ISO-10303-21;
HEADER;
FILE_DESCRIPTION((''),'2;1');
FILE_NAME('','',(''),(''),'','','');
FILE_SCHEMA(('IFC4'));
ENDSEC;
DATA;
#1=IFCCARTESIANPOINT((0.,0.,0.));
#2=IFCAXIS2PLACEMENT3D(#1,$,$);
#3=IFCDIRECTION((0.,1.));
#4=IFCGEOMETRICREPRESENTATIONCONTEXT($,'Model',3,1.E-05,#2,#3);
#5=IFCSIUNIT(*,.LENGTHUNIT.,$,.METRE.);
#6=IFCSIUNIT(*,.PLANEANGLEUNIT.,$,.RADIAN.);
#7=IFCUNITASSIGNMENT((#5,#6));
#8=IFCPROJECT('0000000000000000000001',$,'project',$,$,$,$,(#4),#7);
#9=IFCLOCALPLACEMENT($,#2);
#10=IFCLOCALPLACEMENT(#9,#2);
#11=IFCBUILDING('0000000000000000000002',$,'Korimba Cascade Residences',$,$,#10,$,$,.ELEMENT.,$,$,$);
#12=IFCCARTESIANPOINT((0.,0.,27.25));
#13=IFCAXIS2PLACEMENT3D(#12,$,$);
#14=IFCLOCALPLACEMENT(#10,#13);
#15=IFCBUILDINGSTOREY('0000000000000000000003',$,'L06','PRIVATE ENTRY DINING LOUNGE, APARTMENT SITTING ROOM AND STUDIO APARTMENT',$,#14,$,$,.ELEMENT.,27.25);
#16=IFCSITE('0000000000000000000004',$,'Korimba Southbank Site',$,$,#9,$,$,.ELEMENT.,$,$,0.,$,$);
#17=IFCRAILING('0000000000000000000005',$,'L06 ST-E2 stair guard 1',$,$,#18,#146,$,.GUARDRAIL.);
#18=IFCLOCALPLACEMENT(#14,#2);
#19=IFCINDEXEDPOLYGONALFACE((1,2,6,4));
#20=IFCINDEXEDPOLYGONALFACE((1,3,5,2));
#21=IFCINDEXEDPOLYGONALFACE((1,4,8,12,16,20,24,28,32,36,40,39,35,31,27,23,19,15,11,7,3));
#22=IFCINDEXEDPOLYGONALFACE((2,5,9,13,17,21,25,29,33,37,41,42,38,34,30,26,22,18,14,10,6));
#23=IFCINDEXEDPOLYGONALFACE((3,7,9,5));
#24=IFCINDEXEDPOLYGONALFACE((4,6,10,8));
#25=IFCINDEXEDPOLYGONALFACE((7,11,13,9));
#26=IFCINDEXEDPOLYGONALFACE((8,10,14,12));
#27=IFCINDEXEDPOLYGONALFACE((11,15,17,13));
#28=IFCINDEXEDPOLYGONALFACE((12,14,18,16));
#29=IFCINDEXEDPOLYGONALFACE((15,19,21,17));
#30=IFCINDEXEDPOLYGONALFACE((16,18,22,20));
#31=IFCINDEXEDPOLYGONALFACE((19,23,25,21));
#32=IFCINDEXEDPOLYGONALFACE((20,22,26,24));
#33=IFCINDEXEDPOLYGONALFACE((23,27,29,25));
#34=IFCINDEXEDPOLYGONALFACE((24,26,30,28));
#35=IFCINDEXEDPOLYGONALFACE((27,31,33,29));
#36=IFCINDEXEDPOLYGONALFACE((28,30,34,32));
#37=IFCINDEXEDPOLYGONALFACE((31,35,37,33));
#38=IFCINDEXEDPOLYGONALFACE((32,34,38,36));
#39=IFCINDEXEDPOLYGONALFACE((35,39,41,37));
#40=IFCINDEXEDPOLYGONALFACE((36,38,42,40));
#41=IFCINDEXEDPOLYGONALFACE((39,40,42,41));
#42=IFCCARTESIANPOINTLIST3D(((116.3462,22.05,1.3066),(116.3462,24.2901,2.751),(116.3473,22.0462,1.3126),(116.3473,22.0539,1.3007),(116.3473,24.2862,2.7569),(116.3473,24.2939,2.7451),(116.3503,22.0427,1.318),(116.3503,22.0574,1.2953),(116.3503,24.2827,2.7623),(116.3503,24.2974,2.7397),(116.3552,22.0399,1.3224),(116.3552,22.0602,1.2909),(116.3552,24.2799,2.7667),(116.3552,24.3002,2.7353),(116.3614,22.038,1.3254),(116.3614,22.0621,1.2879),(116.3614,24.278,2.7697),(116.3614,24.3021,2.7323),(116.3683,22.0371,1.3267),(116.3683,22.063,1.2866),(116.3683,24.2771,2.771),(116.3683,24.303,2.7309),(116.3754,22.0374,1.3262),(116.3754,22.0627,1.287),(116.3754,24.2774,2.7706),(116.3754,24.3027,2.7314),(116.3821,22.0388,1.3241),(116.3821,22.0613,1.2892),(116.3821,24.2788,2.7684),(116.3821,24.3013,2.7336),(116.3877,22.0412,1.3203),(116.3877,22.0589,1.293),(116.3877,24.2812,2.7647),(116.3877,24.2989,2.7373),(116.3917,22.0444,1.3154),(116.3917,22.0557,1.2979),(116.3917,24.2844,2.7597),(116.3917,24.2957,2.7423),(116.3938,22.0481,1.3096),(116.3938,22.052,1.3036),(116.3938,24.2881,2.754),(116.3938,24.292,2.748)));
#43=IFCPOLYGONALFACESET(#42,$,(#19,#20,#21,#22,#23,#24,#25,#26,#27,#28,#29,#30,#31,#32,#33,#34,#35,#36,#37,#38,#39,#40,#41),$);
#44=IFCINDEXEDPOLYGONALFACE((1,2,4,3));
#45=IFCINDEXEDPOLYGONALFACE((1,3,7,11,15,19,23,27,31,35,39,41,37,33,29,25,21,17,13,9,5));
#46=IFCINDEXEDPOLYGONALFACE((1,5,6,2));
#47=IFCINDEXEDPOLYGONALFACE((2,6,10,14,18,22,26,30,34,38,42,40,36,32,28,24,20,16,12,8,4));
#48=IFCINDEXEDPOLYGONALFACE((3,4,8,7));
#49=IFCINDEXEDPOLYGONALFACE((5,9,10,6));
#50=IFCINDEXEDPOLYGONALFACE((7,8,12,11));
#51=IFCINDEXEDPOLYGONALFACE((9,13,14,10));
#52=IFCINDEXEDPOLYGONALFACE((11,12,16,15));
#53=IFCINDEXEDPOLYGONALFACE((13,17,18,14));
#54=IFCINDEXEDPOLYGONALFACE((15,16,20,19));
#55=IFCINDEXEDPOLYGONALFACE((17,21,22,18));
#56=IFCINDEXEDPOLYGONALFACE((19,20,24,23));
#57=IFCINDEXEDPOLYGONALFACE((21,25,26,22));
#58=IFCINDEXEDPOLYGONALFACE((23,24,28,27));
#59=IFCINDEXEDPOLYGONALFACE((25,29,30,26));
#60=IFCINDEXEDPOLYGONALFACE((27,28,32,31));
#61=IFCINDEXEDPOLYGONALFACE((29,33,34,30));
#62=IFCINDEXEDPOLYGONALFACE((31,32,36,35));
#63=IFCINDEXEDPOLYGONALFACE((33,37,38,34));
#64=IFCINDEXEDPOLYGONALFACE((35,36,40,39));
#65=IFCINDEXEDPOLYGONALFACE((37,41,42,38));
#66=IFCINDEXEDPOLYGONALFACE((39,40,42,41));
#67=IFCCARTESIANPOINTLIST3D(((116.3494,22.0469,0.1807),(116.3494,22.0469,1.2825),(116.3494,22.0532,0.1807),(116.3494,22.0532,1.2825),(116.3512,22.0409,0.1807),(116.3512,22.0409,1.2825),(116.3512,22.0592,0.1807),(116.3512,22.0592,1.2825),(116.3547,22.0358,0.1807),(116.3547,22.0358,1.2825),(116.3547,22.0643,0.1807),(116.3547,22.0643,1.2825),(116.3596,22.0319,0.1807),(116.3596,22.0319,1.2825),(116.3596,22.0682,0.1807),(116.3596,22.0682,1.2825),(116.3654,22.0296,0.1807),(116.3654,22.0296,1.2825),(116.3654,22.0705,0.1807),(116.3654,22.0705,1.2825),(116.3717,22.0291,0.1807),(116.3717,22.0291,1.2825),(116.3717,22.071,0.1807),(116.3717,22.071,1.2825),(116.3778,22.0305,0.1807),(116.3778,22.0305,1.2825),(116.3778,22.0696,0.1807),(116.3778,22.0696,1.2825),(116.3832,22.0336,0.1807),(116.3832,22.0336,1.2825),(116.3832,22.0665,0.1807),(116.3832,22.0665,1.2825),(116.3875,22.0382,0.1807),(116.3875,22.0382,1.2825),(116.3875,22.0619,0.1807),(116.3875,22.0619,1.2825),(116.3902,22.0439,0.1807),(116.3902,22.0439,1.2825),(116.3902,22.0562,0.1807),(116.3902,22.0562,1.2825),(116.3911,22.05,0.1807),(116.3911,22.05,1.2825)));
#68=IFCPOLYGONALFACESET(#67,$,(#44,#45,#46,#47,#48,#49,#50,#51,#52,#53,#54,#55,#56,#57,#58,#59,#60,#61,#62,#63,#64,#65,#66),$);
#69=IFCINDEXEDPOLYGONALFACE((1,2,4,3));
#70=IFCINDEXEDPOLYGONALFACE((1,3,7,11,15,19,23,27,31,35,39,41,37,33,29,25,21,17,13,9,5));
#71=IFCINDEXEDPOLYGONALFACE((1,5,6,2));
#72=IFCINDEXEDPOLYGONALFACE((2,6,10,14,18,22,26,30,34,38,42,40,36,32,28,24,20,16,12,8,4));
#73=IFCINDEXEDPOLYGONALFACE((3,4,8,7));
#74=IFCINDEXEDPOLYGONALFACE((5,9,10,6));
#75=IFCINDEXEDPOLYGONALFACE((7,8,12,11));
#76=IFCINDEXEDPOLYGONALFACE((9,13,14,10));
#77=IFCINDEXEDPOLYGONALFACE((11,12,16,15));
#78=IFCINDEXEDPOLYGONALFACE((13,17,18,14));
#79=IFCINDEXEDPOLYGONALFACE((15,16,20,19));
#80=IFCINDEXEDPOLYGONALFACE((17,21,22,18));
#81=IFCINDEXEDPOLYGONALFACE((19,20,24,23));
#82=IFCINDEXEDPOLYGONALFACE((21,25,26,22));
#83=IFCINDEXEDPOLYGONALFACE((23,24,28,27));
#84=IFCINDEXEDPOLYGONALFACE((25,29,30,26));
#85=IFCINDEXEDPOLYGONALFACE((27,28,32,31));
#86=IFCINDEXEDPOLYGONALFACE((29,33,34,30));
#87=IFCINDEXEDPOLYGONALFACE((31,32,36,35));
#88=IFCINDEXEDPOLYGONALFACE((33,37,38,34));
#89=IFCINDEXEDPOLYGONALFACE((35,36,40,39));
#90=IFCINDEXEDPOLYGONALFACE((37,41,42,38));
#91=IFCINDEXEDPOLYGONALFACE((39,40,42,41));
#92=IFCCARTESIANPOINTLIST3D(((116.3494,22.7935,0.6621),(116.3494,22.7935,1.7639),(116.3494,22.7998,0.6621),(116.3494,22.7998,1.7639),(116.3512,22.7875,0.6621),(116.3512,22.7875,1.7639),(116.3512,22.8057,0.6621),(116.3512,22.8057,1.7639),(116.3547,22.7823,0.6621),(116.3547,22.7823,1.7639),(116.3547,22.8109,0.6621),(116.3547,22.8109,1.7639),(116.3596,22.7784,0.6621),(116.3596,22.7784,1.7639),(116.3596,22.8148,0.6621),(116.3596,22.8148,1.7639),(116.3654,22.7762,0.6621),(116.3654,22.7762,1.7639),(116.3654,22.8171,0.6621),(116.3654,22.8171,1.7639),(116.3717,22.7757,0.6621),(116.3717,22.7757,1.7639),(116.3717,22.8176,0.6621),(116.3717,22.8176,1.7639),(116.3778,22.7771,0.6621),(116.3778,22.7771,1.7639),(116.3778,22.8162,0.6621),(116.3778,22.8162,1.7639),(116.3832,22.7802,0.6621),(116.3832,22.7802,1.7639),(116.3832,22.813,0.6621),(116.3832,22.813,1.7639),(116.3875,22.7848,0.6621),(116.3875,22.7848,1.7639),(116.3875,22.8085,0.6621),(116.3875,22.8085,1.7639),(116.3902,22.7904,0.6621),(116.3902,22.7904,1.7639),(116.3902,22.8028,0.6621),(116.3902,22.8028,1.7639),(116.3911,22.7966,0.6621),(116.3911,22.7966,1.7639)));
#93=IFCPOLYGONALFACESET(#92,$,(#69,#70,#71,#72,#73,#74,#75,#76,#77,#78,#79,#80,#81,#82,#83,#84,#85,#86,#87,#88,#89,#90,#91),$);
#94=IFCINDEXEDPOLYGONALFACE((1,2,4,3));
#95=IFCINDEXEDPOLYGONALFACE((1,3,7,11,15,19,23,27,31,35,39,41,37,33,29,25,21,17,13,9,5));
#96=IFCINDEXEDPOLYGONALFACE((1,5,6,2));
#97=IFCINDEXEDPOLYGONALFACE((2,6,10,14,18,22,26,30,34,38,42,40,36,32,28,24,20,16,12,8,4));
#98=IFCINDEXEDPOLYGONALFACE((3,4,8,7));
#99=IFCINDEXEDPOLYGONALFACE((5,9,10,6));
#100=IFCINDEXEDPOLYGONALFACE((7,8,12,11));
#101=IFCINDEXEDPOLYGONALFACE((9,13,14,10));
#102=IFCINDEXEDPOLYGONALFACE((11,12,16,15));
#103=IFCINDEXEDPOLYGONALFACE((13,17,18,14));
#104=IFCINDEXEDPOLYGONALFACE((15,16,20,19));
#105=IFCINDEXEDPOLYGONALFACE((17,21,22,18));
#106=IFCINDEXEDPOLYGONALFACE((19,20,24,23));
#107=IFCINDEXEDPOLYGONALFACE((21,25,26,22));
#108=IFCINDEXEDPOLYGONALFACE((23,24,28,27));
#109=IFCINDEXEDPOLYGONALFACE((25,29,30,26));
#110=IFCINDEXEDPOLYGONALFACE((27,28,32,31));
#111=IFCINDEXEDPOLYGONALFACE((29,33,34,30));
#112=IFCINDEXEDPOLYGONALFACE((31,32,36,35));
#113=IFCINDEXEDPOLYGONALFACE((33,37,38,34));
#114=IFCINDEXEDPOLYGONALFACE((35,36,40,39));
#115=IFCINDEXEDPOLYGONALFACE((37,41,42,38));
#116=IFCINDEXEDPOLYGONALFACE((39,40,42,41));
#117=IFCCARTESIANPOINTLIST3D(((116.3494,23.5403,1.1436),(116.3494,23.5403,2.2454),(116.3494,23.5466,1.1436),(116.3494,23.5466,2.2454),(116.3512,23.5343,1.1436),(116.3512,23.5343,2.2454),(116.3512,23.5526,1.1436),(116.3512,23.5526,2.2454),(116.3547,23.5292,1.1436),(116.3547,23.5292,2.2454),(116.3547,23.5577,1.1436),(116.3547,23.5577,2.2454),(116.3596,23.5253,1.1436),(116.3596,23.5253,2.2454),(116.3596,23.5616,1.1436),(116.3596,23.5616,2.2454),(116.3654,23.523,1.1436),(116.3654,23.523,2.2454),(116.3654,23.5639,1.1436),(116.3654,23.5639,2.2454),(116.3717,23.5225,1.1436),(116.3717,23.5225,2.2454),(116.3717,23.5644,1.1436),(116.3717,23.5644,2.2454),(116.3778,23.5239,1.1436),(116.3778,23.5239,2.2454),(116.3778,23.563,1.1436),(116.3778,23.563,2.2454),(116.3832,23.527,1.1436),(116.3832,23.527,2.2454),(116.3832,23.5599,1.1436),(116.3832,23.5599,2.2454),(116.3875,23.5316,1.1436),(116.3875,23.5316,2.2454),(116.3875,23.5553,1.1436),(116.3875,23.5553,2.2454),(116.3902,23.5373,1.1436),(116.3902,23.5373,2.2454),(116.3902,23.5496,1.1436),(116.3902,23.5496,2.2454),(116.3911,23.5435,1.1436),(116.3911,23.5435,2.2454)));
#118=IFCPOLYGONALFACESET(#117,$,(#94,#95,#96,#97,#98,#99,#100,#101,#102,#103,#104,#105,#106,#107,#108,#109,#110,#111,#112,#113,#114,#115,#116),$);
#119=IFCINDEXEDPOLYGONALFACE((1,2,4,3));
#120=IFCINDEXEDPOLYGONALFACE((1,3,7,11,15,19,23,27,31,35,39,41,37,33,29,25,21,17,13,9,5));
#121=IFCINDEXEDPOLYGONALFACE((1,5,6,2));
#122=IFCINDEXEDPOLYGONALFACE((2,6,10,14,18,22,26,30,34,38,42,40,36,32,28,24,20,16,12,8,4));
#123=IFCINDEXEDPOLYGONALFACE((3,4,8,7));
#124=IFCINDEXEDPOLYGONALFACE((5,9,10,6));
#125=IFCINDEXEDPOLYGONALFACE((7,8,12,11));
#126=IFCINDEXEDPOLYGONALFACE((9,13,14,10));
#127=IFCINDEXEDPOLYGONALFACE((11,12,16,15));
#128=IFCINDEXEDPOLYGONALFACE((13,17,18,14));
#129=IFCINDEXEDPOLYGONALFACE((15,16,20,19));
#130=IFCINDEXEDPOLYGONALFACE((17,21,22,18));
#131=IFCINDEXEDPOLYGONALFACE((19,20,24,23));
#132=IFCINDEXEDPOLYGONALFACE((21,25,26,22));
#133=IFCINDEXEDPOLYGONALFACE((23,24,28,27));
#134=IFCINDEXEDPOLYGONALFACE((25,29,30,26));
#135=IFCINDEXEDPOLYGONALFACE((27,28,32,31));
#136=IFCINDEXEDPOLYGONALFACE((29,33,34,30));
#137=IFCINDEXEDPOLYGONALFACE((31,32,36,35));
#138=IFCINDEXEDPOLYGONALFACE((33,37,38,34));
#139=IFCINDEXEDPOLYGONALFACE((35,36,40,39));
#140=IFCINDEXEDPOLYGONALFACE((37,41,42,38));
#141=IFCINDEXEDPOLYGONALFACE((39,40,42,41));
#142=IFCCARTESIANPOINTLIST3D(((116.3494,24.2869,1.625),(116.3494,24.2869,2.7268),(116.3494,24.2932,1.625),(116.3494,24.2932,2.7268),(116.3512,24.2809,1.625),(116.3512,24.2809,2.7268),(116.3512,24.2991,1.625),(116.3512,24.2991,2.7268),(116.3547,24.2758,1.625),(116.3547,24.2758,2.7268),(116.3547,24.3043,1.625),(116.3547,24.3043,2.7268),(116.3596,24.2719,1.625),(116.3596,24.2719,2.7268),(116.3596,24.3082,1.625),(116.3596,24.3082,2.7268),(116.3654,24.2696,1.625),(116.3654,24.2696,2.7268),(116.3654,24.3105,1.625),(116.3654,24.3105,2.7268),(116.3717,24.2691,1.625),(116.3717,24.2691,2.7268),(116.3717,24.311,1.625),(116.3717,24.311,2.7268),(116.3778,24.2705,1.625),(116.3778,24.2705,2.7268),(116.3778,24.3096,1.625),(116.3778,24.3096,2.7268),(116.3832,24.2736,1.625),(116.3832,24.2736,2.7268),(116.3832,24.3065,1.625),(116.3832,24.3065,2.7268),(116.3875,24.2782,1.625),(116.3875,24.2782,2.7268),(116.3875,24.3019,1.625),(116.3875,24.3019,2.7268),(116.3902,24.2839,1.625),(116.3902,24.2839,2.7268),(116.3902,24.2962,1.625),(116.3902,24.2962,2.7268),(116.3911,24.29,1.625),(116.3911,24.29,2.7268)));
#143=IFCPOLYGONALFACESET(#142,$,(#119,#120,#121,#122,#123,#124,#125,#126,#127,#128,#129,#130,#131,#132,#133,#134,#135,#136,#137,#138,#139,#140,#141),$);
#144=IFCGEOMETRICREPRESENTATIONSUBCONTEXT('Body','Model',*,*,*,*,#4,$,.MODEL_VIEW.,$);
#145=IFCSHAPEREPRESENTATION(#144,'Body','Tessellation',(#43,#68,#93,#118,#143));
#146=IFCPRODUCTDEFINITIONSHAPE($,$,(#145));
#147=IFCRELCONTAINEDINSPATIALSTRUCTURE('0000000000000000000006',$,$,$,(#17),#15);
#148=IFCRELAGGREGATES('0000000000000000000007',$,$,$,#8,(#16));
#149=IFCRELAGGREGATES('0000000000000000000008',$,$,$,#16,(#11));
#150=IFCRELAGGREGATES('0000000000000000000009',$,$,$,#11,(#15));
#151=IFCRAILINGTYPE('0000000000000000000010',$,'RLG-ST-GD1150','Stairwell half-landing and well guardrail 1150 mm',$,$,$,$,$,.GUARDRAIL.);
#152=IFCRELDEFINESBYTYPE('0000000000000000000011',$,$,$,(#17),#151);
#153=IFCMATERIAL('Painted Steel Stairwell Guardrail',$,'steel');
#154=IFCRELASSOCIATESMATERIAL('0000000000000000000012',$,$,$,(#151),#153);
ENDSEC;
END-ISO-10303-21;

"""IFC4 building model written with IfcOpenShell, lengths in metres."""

from ifc_helpers import new_model, si_unit, direction, frame, origin, origin_2d, place, context, subcontext, project, spatial, circle, extrude, material, type_object, element, save


model = new_model("IFC4")

# Units and contexts
model_context = context("Model", 3, precision=1e-05, world=origin(), true_north=direction((0.0, 1.0)))
body_context = subcontext(model_context, "Body", "Model", "MODEL_VIEW")
ifc_project = project(units=[si_unit("LENGTHUNIT", "METRE"), si_unit("PLANEANGLEUNIT", "RADIAN")], contexts=[model_context])

# Site, building, storey
site_placement = place(None, origin())
site = spatial("IfcSite", under=ifc_project, at=site_placement, Name="Korimba Southbank Site", CompositionType="ELEMENT", RefElevation=0.0)
building_placement = place(site_placement, origin())
building = spatial("IfcBuilding", under=site, at=building_placement, Name="Korimba Cascade Residences", CompositionType="ELEMENT")
storey_placement = place(building_placement, frame((0.0, 0.0, 27.25)))
storey = spatial("IfcBuildingStorey", under=building, at=storey_placement, Name="L06", Description="PRIVATE ENTRY DINING LOUNGE, APARTMENT SITTING ROOM AND STUDIO APARTMENT", CompositionType="ELEMENT", Elevation=27.25)

# Railing
ifc_material_1 = material(Name="Painted Steel Stairwell Guardrail", Category="steel")
railing_type_1 = type_object("IfcRailingType", Name="RLG-ST-GD1150", Description="Stairwell half-landing and well guardrail 1150 mm", PredefinedType="GUARDRAIL", material=ifc_material_1)
railing_1_placement = place(storey_placement, frame((116.3701, 22.05, 0.1807)))
element("IfcRailing", 1, at=railing_1_placement, inside=storey, type_object=railing_type_1, Name="L06 ST-E2 stair guard 1", PredefinedType="GUARDRAIL", context=body_context, shape_type="SweptSolid", body=[
    extrude(circle(Radius=0.0239, at=origin_2d()), frame((0.0, 0.0, 1.126), z_axis=(0.0, 0.840437, 0.54191), x_axis=(-1.0, 0.0, 0.0)), (0.0, 0.0, 1.0), 2.6653),
    extrude(circle(Radius=0.021, at=origin_2d()), origin(), (0.0, 0.0, 1.0), 1.1018),
    extrude(circle(Radius=0.021, at=origin_2d()), frame((0.0, 0.7466, 0.4814)), (0.0, 0.0, 1.0), 1.1018),
    extrude(circle(Radius=0.021, at=origin_2d()), frame((0.0, 1.4934, 0.9629)), (0.0, 0.0, 1.0), 1.1018),
    extrude(circle(Radius=0.021, at=origin_2d()), frame((0.0, 2.24, 1.4443)), (0.0, 0.0, 1.0), 1.1018),
])

save(model, "model.ifc")
